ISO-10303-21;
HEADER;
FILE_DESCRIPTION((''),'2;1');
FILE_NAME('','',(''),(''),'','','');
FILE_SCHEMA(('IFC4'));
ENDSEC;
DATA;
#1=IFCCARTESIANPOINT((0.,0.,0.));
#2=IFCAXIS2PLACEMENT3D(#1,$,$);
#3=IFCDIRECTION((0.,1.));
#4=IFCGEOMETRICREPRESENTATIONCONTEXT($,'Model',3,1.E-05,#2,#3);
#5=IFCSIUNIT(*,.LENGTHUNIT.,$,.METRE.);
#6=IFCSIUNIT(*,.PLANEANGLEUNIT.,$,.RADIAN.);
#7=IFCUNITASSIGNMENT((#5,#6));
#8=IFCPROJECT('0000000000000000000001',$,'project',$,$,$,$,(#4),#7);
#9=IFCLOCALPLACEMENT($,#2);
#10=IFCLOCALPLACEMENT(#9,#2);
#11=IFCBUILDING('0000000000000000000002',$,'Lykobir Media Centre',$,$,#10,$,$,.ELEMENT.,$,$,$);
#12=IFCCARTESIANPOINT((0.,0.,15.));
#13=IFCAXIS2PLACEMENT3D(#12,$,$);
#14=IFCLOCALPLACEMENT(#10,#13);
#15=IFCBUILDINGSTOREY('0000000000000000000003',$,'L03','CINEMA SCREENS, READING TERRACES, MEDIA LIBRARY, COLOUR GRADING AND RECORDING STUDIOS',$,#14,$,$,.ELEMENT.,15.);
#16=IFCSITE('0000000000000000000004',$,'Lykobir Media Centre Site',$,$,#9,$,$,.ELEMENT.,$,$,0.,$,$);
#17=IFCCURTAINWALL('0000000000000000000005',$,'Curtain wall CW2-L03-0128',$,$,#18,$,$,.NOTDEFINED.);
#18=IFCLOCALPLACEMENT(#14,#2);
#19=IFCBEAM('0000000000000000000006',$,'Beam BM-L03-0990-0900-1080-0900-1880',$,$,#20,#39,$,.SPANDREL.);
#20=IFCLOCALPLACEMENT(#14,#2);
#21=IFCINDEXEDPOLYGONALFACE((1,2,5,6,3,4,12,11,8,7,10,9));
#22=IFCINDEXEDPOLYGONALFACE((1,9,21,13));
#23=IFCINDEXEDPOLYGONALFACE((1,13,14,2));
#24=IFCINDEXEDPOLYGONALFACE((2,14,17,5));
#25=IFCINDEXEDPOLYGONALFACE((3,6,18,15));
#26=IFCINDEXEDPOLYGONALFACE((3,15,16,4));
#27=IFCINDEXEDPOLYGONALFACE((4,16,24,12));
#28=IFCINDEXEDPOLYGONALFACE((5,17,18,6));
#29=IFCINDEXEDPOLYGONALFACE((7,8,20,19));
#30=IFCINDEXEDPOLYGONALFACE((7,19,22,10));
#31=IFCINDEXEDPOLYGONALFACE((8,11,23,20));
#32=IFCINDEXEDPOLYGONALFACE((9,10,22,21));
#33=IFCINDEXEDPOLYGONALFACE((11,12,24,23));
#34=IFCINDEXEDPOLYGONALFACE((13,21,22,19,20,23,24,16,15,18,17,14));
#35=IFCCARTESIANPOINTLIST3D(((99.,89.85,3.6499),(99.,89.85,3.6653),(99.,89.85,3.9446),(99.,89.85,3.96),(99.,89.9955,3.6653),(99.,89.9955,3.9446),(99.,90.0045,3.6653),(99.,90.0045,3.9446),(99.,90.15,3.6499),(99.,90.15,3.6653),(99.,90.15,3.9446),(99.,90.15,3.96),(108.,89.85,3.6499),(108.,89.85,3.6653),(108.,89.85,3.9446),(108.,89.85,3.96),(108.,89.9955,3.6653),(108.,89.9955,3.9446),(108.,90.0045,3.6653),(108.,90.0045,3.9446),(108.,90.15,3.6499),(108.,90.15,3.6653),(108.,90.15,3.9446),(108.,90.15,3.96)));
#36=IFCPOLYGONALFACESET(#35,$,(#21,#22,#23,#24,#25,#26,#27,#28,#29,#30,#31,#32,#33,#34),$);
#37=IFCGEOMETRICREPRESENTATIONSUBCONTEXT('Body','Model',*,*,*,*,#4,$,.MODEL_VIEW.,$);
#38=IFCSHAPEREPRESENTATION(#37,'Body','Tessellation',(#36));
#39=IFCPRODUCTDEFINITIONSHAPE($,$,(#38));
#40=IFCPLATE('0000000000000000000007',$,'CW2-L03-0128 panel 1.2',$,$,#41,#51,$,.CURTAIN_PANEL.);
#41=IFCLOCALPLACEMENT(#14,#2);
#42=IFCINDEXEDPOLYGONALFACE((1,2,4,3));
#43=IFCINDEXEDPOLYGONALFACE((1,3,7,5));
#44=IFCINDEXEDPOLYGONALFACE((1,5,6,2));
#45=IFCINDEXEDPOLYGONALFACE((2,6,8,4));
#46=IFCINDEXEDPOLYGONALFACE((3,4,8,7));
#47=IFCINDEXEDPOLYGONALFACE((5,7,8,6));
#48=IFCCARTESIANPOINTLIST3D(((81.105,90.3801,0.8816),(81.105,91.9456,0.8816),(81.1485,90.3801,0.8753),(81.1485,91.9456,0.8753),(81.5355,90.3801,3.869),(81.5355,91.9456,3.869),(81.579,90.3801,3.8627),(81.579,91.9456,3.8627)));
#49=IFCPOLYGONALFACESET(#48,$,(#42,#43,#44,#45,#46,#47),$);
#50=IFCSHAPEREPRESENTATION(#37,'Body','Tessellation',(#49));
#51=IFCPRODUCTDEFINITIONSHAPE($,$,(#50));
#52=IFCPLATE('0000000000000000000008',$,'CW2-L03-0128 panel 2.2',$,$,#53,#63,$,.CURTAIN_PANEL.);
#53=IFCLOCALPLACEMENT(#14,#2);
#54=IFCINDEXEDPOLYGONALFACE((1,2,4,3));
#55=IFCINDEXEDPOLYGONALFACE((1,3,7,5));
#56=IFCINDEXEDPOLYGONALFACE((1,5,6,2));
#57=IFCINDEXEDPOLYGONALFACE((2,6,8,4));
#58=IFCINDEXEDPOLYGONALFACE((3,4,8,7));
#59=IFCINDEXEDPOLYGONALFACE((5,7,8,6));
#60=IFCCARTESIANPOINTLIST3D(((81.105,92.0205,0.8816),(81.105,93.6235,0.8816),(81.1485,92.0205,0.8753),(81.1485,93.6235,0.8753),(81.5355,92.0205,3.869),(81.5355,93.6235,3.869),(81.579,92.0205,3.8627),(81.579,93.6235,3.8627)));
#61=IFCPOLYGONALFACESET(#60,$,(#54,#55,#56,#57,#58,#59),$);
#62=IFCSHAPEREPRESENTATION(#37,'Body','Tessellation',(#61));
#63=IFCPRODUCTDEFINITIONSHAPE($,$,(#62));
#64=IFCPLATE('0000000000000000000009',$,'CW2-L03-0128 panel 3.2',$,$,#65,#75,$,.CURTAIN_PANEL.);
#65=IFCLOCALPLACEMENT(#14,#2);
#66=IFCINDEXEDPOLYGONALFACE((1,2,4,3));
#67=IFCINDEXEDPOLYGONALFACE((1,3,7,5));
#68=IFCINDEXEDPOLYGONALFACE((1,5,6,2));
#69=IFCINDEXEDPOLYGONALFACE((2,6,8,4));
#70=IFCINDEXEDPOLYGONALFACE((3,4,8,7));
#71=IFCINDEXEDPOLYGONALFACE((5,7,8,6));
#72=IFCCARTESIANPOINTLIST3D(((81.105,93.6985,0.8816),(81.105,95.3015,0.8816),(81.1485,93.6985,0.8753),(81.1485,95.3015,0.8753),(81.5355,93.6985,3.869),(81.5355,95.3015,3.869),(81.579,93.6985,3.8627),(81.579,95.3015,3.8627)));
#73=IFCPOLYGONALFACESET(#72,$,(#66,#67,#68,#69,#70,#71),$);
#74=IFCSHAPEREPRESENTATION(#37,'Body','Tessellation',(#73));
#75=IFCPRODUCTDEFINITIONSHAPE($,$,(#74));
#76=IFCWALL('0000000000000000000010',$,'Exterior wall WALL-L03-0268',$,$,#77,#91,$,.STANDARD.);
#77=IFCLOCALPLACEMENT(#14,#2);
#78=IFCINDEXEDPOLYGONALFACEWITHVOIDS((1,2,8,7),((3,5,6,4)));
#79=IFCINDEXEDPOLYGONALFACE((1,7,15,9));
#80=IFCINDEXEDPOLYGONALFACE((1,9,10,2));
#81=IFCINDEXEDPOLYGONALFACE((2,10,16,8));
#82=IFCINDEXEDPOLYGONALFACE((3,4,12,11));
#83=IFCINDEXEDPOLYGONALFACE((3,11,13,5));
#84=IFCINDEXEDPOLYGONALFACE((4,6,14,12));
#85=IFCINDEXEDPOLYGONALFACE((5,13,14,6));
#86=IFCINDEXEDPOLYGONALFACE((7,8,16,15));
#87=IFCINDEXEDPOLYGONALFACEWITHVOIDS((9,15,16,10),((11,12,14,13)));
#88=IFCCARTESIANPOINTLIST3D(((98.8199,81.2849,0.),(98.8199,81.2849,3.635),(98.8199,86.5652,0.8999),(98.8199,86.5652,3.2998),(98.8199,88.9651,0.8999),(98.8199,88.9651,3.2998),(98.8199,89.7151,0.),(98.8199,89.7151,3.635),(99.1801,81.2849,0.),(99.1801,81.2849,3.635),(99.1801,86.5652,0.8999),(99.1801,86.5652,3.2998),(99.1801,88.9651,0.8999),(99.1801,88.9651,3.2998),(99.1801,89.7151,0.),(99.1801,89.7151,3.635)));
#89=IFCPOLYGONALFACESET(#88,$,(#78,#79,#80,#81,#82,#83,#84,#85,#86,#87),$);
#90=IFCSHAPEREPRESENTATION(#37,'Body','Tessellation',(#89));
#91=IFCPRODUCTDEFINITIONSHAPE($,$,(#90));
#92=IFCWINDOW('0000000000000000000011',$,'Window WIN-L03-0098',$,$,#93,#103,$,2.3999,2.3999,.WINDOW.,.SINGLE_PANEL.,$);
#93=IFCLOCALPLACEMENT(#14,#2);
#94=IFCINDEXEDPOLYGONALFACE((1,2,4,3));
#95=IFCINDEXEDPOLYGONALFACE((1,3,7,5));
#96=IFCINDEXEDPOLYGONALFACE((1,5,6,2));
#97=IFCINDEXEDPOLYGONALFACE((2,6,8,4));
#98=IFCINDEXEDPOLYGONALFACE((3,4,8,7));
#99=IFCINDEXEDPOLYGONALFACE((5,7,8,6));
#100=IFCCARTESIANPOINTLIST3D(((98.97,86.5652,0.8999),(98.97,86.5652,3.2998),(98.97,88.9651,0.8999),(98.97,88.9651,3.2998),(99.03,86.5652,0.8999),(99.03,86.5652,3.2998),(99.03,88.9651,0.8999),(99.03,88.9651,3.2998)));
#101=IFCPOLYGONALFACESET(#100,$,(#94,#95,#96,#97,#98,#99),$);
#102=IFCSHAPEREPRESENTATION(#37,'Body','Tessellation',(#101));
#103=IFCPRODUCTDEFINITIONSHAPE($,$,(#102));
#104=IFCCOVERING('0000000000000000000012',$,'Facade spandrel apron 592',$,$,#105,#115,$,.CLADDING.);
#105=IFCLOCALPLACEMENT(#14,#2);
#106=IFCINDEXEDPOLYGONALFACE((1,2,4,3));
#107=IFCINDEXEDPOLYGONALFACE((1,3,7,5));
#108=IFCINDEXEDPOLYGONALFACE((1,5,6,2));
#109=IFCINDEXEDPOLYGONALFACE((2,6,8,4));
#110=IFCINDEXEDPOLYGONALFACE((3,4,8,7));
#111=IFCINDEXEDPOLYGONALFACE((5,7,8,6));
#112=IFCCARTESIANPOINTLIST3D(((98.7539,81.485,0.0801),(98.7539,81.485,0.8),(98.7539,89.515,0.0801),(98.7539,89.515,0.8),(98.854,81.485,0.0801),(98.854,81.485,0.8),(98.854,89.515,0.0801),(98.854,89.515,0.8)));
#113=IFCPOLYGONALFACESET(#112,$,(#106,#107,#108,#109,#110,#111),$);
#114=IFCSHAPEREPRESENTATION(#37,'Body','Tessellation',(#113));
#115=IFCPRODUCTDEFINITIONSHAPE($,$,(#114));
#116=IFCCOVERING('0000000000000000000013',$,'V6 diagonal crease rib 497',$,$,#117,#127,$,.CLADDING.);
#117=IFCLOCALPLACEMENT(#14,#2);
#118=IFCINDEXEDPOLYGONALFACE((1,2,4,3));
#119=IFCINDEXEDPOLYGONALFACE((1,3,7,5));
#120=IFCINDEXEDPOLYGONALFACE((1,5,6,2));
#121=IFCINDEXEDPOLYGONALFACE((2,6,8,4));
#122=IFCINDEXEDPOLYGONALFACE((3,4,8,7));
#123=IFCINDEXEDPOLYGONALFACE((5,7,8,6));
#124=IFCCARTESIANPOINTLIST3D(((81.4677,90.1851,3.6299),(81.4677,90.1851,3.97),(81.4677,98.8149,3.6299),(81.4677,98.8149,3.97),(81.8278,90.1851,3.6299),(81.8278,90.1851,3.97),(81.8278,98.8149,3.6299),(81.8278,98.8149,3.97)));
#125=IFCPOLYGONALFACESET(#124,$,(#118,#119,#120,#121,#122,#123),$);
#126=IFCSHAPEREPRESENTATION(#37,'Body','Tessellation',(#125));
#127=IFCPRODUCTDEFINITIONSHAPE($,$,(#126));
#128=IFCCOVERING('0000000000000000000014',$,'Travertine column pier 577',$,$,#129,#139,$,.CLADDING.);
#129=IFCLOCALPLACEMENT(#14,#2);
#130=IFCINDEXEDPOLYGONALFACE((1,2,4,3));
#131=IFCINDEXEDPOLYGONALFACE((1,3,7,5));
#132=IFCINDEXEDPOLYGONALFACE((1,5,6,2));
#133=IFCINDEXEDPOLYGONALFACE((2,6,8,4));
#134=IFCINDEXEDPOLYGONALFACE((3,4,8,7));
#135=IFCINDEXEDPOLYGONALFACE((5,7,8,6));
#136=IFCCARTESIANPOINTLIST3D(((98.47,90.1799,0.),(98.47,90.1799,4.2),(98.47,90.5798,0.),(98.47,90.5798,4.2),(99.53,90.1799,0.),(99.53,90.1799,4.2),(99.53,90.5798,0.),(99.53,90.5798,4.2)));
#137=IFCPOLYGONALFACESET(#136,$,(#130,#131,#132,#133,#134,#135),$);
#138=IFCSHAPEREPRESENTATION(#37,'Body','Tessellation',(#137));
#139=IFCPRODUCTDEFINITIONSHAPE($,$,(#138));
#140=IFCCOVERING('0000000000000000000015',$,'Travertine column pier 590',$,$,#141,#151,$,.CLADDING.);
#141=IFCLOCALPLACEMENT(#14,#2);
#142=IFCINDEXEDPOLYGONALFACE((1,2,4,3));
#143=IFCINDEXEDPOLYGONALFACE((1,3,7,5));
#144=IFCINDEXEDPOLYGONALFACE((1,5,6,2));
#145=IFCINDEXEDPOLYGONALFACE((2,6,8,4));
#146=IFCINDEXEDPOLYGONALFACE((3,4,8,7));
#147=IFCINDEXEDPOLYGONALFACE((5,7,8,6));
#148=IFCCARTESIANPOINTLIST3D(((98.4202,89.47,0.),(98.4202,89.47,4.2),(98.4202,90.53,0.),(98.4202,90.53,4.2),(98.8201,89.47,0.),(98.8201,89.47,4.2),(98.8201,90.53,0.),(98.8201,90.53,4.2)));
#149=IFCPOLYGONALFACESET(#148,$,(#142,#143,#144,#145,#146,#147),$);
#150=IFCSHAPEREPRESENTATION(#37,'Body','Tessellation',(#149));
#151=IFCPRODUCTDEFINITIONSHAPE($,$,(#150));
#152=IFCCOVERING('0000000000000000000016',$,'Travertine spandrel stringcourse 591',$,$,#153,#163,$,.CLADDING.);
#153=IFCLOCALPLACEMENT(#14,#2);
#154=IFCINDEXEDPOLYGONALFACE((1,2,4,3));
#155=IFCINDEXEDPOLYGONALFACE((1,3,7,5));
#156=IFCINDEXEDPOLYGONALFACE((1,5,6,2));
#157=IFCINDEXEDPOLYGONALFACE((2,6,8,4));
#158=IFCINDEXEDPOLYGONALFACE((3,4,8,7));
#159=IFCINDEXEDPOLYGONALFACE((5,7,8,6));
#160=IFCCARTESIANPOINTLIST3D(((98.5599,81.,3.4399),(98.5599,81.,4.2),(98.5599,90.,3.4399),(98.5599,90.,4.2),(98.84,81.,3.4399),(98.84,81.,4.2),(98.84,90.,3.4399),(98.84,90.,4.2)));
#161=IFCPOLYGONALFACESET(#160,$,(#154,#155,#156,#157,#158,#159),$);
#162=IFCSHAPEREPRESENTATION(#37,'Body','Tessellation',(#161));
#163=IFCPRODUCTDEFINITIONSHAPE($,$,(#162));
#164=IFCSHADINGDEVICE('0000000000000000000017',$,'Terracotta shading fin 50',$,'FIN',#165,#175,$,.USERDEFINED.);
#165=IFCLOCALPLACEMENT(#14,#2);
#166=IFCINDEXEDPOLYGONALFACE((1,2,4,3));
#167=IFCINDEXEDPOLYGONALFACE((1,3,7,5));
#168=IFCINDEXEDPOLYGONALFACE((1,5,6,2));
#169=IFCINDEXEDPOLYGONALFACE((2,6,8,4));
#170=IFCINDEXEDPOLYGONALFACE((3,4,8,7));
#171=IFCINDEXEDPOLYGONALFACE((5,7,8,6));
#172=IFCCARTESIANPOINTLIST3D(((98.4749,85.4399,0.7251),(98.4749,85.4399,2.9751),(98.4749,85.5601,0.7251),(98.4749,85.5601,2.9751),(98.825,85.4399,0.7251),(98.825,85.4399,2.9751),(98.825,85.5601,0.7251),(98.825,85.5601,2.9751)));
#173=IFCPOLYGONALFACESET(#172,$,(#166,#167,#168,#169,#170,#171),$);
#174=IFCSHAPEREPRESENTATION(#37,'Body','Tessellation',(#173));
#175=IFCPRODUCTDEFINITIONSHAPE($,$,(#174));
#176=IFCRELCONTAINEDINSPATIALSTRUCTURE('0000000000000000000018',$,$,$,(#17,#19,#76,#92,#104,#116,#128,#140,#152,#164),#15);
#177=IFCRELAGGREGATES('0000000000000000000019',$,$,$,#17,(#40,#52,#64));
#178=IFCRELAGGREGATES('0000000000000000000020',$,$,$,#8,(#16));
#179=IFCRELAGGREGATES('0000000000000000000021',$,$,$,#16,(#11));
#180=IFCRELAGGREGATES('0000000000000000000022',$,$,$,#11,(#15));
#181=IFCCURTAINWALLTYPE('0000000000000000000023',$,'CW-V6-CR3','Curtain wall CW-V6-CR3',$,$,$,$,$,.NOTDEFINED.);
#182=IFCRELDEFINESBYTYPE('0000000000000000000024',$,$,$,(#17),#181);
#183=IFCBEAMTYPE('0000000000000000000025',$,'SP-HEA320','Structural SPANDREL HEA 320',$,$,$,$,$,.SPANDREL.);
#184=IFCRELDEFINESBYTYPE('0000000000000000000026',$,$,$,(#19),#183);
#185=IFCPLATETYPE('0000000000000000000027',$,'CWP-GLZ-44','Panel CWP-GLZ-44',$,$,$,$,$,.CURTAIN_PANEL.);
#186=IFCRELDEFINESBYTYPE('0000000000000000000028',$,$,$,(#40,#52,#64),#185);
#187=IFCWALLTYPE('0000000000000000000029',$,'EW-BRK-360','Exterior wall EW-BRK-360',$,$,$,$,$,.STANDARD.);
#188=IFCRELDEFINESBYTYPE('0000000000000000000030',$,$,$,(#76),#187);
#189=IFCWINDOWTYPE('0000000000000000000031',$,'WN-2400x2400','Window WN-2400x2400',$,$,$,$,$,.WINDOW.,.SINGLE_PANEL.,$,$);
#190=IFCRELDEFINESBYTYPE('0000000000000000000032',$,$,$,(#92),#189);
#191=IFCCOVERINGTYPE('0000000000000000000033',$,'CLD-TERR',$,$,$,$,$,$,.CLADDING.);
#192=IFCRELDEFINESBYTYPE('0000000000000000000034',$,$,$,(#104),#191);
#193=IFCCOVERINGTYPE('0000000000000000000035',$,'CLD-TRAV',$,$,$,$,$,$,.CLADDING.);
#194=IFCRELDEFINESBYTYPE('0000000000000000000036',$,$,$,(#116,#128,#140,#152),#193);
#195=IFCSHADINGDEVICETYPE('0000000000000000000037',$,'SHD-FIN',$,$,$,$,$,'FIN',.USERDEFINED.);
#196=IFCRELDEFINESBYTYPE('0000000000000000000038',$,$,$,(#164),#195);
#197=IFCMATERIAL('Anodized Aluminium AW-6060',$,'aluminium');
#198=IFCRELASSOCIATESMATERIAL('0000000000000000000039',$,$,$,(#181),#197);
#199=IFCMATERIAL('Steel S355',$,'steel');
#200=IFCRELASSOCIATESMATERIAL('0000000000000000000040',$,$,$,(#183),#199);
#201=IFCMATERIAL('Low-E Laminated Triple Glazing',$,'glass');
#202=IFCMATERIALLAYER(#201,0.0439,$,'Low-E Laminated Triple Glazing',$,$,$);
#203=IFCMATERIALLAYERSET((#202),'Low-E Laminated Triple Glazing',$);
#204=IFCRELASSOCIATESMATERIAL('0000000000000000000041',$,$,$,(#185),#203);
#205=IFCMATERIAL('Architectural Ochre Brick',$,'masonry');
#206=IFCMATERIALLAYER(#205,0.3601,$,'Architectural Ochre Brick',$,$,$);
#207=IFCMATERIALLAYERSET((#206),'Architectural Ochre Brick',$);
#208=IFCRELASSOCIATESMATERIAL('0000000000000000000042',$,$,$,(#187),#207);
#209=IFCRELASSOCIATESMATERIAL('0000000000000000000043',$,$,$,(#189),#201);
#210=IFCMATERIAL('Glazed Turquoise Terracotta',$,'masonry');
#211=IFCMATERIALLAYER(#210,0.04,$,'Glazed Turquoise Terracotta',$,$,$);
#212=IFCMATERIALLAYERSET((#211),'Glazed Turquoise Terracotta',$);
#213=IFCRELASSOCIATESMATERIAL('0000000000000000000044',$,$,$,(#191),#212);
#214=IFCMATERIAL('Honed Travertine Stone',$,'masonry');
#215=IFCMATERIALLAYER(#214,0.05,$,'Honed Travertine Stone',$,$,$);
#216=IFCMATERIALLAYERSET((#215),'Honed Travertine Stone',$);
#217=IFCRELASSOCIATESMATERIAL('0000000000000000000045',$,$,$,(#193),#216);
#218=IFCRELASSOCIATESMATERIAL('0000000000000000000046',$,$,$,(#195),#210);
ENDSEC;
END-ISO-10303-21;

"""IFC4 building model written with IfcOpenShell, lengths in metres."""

from ifc_helpers import new_model, si_unit, direction, frame, frame_2d, origin, origin_2d, place, context, subcontext, project, spatial, rectangle, i_section, extrude, material, layer, layer_set, material_profile, profile_set, type_object, element, fill, aggregate, save


model = new_model("IFC4")

# Units and contexts
model_context = context("Model", 3, precision=1e-05, world=origin(), true_north=direction((0.0, 1.0)))
body_context = subcontext(model_context, "Body", "Model", "MODEL_VIEW")
ifc_project = project(units=[si_unit("LENGTHUNIT", "METRE"), si_unit("PLANEANGLEUNIT", "RADIAN")], contexts=[model_context])

# Site, building, storey
site_placement = place(None, origin())
site = spatial("IfcSite", under=ifc_project, at=site_placement, Name="Lykobir Media Centre Site", CompositionType="ELEMENT", RefElevation=0.0)
building_placement = place(site_placement, origin())
building = spatial("IfcBuilding", under=site, at=building_placement, Name="Lykobir Media Centre", CompositionType="ELEMENT")
storey_placement = place(building_placement, frame((0.0, 0.0, 15.0)))
storey = spatial("IfcBuildingStorey", under=building, at=storey_placement, Name="L03", Description="CINEMA SCREENS, READING TERRACES, MEDIA LIBRARY, COLOUR GRADING AND RECORDING STUDIOS", CompositionType="ELEMENT", Elevation=15.0)

# Shared definitions
ifc_material_1 = material(Name="Steel S355", Category="steel")

# Curtain wall
ifc_material_2 = material(Name="Anodized Aluminium AW-6060", Category="aluminium")
curtain_wall_type = type_object("IfcCurtainWallType", Name="CW-V6-CR3", Description="Curtain wall CW-V6-CR3", PredefinedType="NOTDEFINED", material=ifc_material_2)
curtain_wall_placement = place(storey_placement, origin())
curtain_wall = element("IfcCurtainWall", 1, at=curtain_wall_placement, inside=storey, type_object=curtain_wall_type, Name="Curtain wall CW2-L03-0128", PredefinedType="NOTDEFINED")

# Beam
ifc_material_profile_1 = material_profile(ifc_material_1, i_section(OverallWidth=0.3, OverallDepth=0.3101, WebThickness=0.009, FlangeThickness=0.0154, at=origin_2d()), Name="HEA 320")
ifc_profile_set_1 = profile_set([ifc_material_profile_1], Name="Steel S355")
beam_type_1 = type_object("IfcBeamType", Name="SP-HEA320", Description="Structural SPANDREL HEA 320", PredefinedType="SPANDREL", material=ifc_profile_set_1)
beam_1_placement = place(storey_placement, frame((99.0, 90.0, 3.8049), z_axis=(1.0, 0.0, 0.0), x_axis=(0.0, 1.0, 0.0)))
element("IfcBeam", 2, at=beam_1_placement, inside=storey, type_object=beam_type_1, Name="Beam BM-L03-0990-0900-1080-0900-1880", PredefinedType="SPANDREL", context=body_context, shape_type="SweptSolid", body=[
    extrude(i_section(OverallWidth=0.3, OverallDepth=0.3101, WebThickness=0.009, FlangeThickness=0.0154, at=origin_2d()), origin(), (0.0, 0.0, 1.0), 9.0),
])

# Plates
ifc_material_3 = material(Name="Low-E Laminated Triple Glazing", Category="glass")
ifc_layer_1 = layer(ifc_material_3, 0.0439, Name="Low-E Laminated Triple Glazing")
ifc_layer_set_1 = layer_set([ifc_layer_1], Name="Low-E Laminated Triple Glazing")
plate_type = type_object("IfcPlateType", Name="CWP-GLZ-44", Description="Panel CWP-GLZ-44", PredefinedType="CURTAIN_PANEL", material=ifc_layer_set_1)
plate_1_placement = place(storey_placement, frame((81.1267, 91.1628, 0.8784), z_axis=(0.142629, 0.0, 0.989776), x_axis=(0.0, 1.0, 0.0)))
plate_1 = element("IfcPlate", 3, at=plate_1_placement, type_object=plate_type, Name="CW2-L03-0128 panel 1.2", PredefinedType="CURTAIN_PANEL", context=body_context, shape_type="SweptSolid", body=[
    extrude(rectangle(XDim=1.5654, YDim=0.0439, at=origin_2d()), origin(), (0.0, 0.0, 1.0), 3.0183),
])
plate_2_placement = place(storey_placement, frame((81.1267, 92.822, 0.8784), z_axis=(0.142629, 0.0, 0.989776), x_axis=(0.0, 1.0, 0.0)))
plate_2 = element("IfcPlate", 4, at=plate_2_placement, type_object=plate_type, Name="CW2-L03-0128 panel 2.2", PredefinedType="CURTAIN_PANEL", context=body_context, shape_type="SweptSolid", body=[
    extrude(rectangle(XDim=1.603, YDim=0.0439, at=origin_2d()), origin(), (0.0, 0.0, 1.0), 3.0183),
])
plate_3_placement = place(storey_placement, frame((81.1267, 94.5, 0.8784), z_axis=(0.142629, 0.0, 0.989776), x_axis=(0.0, 1.0, 0.0)))
plate_3 = element("IfcPlate", 5, at=plate_3_placement, type_object=plate_type, Name="CW2-L03-0128 panel 3.2", PredefinedType="CURTAIN_PANEL", context=body_context, shape_type="SweptSolid", body=[
    extrude(rectangle(XDim=1.603, YDim=0.0439, at=origin_2d()), origin(), (0.0, 0.0, 1.0), 3.0183),
])
aggregate(curtain_wall, [plate_1, plate_2, plate_3])

# Wall, opening, window
ifc_material_4 = material(Name="Architectural Ochre Brick", Category="masonry")
ifc_layer_2 = layer(ifc_material_4, 0.3601, Name="Architectural Ochre Brick")
ifc_layer_set_2 = layer_set([ifc_layer_2], Name="Architectural Ochre Brick")
wall_type = type_object("IfcWallType", Name="EW-BRK-360", Description="Exterior wall EW-BRK-360", PredefinedType="STANDARD", material=ifc_layer_set_2)
wall_placement = place(storey_placement, frame((99.0, 89.7151, 0.0), z_axis=(0.0, 0.0, 1.0), x_axis=(0.0, -1.0, 0.0)))
wall = element("IfcWall", 6, at=wall_placement, inside=storey, type_object=wall_type, Name="Exterior wall WALL-L03-0268", PredefinedType="STANDARD", context=body_context, shape_type="SweptSolid", body=[
    extrude(rectangle(XDim=8.4302, YDim=0.3601, at=frame_2d((4.2151, 0.0))), origin(), (0.0, 0.0, 1.0), 3.635),
])
opening_placement = place(wall_placement, frame((0.75, 0.0, 0.8999)))
opening = element("IfcOpeningElement", 7, at=opening_placement, cuts=wall, PredefinedType="OPENING", context=body_context, shape_type="SweptSolid", body=[
    extrude(rectangle(XDim=2.3999, YDim=2.3999, at=frame_2d((1.2, 1.2))), frame((0.0, 0.1899, 0.0), z_axis=(0.0, -1.0, 0.0), x_axis=(1.0, 0.0, 0.0)), (0.0, 0.0, 1.0), 0.3801),
])
window_type = type_object("IfcWindowType", Name="WN-2400x2400", Description="Window WN-2400x2400", PartitioningType="SINGLE_PANEL", PredefinedType="WINDOW", material=ifc_material_3)
window_placement = place(opening_placement, origin())
window = element("IfcWindow", 8, at=window_placement, inside=storey, type_object=window_type, Name="Window WIN-L03-0098", OverallHeight=2.3999, OverallWidth=2.3999, PartitioningType="SINGLE_PANEL", PredefinedType="WINDOW", context=body_context, shape_type="SweptSolid", body=[
    extrude(rectangle(XDim=2.3999, YDim=2.3999, at=frame_2d((1.2, 1.2))), frame((0.0, 0.03, 0.0), z_axis=(0.0, -1.0, 0.0), x_axis=(1.0, 0.0, 0.0)), (0.0, 0.0, 1.0), 0.0601),
])
fill(opening, window)

# Coverings
ifc_material_5 = material(Name="Glazed Turquoise Terracotta", Category="masonry")
ifc_layer_3 = layer(ifc_material_5, 0.04, Name="Glazed Turquoise Terracotta")
ifc_layer_set_3 = layer_set([ifc_layer_3], Name="Glazed Turquoise Terracotta")
covering_type_1 = type_object("IfcCoveringType", Name="CLD-TERR", PredefinedType="CLADDING", material=ifc_layer_set_3)
covering_1_placement = place(storey_placement, frame((98.804, 85.5, 0.0801), z_axis=(0.0, 0.0, 1.0), x_axis=(0.0, -1.0, 0.0)))
element("IfcCovering", 9, at=covering_1_placement, inside=storey, type_object=covering_type_1, Name="Facade spandrel apron 592", PredefinedType="CLADDING", context=body_context, shape_type="SweptSolid", body=[
    extrude(rectangle(XDim=8.03, YDim=0.1001, at=origin_2d()), origin(), (0.0, 0.0, 1.0), 0.72),
])
ifc_material_6 = material(Name="Honed Travertine Stone", Category="masonry")
ifc_layer_4 = layer(ifc_material_6, 0.05, Name="Honed Travertine Stone")
ifc_layer_set_4 = layer_set([ifc_layer_4], Name="Honed Travertine Stone")
covering_type_2 = type_object("IfcCoveringType", Name="CLD-TRAV", PredefinedType="CLADDING", material=ifc_layer_set_4)
covering_2_placement = place(storey_placement, frame((81.6477, 94.5, 3.6299), z_axis=(0.0, 0.0, 1.0), x_axis=(0.0, 1.0, 0.0)))
element("IfcCovering", 10, at=covering_2_placement, inside=storey, type_object=covering_type_2, Name="V6 diagonal crease rib 497", PredefinedType="CLADDING", context=body_context, shape_type="SweptSolid", body=[
    extrude(rectangle(XDim=8.6299, YDim=0.3601, at=origin_2d()), origin(), (0.0, 0.0, 1.0), 0.3401),
])
for number, where, z_axis, x_axis, name in (
    (11, (99.0, 90.3799, 0.0), (0.0, 0.0, 1.0), (-1.0, 0.0, 0.0), "Travertine column pier 577"),
    (12, (98.6201, 90.0, 0.0), (0.0, 0.0, 1.0), (0.0, -1.0, 0.0), "Travertine column pier 590"),
):
    element("IfcCovering", number, at=place(storey_placement, frame(where, z_axis=z_axis, x_axis=x_axis)), inside=storey, type_object=covering_type_2, Name=name, PredefinedType="CLADDING", context=body_context, shape_type="SweptSolid", body=[
        extrude(rectangle(XDim=1.0601, YDim=0.3999, at=origin_2d()), origin(), (0.0, 0.0, 1.0), 4.2),
    ])
covering_3_placement = place(storey_placement, frame((98.7, 85.5, 3.4399), z_axis=(0.0, 0.0, 1.0), x_axis=(0.0, -1.0, 0.0)))
element("IfcCovering", 13, at=covering_3_placement, inside=storey, type_object=covering_type_2, Name="Travertine spandrel stringcourse 591", PredefinedType="CLADDING", context=body_context, shape_type="SweptSolid", body=[
    extrude(rectangle(XDim=9.0, YDim=0.28, at=origin_2d()), origin(), (0.0, 0.0, 1.0), 0.76),
])

# Shading device
shading_device_type = type_object("IfcShadingDeviceType", Name="SHD-FIN", ElementType="FIN", PredefinedType="USERDEFINED", material=ifc_material_5)
shading_device_placement = place(storey_placement, frame((98.6499, 85.5, 0.7251), z_axis=(0.0, 0.0, 1.0), x_axis=(0.0, -1.0, 0.0)))
element("IfcShadingDevice", 14, at=shading_device_placement, inside=storey, type_object=shading_device_type, Name="Terracotta shading fin 50", ObjectType="FIN", PredefinedType="USERDEFINED", context=body_context, shape_type="SweptSolid", body=[
    extrude(rectangle(XDim=0.1201, YDim=0.3501, at=origin_2d()), origin(), (0.0, 0.0, 1.0), 2.25),
])

save(model, "model.ifc")
